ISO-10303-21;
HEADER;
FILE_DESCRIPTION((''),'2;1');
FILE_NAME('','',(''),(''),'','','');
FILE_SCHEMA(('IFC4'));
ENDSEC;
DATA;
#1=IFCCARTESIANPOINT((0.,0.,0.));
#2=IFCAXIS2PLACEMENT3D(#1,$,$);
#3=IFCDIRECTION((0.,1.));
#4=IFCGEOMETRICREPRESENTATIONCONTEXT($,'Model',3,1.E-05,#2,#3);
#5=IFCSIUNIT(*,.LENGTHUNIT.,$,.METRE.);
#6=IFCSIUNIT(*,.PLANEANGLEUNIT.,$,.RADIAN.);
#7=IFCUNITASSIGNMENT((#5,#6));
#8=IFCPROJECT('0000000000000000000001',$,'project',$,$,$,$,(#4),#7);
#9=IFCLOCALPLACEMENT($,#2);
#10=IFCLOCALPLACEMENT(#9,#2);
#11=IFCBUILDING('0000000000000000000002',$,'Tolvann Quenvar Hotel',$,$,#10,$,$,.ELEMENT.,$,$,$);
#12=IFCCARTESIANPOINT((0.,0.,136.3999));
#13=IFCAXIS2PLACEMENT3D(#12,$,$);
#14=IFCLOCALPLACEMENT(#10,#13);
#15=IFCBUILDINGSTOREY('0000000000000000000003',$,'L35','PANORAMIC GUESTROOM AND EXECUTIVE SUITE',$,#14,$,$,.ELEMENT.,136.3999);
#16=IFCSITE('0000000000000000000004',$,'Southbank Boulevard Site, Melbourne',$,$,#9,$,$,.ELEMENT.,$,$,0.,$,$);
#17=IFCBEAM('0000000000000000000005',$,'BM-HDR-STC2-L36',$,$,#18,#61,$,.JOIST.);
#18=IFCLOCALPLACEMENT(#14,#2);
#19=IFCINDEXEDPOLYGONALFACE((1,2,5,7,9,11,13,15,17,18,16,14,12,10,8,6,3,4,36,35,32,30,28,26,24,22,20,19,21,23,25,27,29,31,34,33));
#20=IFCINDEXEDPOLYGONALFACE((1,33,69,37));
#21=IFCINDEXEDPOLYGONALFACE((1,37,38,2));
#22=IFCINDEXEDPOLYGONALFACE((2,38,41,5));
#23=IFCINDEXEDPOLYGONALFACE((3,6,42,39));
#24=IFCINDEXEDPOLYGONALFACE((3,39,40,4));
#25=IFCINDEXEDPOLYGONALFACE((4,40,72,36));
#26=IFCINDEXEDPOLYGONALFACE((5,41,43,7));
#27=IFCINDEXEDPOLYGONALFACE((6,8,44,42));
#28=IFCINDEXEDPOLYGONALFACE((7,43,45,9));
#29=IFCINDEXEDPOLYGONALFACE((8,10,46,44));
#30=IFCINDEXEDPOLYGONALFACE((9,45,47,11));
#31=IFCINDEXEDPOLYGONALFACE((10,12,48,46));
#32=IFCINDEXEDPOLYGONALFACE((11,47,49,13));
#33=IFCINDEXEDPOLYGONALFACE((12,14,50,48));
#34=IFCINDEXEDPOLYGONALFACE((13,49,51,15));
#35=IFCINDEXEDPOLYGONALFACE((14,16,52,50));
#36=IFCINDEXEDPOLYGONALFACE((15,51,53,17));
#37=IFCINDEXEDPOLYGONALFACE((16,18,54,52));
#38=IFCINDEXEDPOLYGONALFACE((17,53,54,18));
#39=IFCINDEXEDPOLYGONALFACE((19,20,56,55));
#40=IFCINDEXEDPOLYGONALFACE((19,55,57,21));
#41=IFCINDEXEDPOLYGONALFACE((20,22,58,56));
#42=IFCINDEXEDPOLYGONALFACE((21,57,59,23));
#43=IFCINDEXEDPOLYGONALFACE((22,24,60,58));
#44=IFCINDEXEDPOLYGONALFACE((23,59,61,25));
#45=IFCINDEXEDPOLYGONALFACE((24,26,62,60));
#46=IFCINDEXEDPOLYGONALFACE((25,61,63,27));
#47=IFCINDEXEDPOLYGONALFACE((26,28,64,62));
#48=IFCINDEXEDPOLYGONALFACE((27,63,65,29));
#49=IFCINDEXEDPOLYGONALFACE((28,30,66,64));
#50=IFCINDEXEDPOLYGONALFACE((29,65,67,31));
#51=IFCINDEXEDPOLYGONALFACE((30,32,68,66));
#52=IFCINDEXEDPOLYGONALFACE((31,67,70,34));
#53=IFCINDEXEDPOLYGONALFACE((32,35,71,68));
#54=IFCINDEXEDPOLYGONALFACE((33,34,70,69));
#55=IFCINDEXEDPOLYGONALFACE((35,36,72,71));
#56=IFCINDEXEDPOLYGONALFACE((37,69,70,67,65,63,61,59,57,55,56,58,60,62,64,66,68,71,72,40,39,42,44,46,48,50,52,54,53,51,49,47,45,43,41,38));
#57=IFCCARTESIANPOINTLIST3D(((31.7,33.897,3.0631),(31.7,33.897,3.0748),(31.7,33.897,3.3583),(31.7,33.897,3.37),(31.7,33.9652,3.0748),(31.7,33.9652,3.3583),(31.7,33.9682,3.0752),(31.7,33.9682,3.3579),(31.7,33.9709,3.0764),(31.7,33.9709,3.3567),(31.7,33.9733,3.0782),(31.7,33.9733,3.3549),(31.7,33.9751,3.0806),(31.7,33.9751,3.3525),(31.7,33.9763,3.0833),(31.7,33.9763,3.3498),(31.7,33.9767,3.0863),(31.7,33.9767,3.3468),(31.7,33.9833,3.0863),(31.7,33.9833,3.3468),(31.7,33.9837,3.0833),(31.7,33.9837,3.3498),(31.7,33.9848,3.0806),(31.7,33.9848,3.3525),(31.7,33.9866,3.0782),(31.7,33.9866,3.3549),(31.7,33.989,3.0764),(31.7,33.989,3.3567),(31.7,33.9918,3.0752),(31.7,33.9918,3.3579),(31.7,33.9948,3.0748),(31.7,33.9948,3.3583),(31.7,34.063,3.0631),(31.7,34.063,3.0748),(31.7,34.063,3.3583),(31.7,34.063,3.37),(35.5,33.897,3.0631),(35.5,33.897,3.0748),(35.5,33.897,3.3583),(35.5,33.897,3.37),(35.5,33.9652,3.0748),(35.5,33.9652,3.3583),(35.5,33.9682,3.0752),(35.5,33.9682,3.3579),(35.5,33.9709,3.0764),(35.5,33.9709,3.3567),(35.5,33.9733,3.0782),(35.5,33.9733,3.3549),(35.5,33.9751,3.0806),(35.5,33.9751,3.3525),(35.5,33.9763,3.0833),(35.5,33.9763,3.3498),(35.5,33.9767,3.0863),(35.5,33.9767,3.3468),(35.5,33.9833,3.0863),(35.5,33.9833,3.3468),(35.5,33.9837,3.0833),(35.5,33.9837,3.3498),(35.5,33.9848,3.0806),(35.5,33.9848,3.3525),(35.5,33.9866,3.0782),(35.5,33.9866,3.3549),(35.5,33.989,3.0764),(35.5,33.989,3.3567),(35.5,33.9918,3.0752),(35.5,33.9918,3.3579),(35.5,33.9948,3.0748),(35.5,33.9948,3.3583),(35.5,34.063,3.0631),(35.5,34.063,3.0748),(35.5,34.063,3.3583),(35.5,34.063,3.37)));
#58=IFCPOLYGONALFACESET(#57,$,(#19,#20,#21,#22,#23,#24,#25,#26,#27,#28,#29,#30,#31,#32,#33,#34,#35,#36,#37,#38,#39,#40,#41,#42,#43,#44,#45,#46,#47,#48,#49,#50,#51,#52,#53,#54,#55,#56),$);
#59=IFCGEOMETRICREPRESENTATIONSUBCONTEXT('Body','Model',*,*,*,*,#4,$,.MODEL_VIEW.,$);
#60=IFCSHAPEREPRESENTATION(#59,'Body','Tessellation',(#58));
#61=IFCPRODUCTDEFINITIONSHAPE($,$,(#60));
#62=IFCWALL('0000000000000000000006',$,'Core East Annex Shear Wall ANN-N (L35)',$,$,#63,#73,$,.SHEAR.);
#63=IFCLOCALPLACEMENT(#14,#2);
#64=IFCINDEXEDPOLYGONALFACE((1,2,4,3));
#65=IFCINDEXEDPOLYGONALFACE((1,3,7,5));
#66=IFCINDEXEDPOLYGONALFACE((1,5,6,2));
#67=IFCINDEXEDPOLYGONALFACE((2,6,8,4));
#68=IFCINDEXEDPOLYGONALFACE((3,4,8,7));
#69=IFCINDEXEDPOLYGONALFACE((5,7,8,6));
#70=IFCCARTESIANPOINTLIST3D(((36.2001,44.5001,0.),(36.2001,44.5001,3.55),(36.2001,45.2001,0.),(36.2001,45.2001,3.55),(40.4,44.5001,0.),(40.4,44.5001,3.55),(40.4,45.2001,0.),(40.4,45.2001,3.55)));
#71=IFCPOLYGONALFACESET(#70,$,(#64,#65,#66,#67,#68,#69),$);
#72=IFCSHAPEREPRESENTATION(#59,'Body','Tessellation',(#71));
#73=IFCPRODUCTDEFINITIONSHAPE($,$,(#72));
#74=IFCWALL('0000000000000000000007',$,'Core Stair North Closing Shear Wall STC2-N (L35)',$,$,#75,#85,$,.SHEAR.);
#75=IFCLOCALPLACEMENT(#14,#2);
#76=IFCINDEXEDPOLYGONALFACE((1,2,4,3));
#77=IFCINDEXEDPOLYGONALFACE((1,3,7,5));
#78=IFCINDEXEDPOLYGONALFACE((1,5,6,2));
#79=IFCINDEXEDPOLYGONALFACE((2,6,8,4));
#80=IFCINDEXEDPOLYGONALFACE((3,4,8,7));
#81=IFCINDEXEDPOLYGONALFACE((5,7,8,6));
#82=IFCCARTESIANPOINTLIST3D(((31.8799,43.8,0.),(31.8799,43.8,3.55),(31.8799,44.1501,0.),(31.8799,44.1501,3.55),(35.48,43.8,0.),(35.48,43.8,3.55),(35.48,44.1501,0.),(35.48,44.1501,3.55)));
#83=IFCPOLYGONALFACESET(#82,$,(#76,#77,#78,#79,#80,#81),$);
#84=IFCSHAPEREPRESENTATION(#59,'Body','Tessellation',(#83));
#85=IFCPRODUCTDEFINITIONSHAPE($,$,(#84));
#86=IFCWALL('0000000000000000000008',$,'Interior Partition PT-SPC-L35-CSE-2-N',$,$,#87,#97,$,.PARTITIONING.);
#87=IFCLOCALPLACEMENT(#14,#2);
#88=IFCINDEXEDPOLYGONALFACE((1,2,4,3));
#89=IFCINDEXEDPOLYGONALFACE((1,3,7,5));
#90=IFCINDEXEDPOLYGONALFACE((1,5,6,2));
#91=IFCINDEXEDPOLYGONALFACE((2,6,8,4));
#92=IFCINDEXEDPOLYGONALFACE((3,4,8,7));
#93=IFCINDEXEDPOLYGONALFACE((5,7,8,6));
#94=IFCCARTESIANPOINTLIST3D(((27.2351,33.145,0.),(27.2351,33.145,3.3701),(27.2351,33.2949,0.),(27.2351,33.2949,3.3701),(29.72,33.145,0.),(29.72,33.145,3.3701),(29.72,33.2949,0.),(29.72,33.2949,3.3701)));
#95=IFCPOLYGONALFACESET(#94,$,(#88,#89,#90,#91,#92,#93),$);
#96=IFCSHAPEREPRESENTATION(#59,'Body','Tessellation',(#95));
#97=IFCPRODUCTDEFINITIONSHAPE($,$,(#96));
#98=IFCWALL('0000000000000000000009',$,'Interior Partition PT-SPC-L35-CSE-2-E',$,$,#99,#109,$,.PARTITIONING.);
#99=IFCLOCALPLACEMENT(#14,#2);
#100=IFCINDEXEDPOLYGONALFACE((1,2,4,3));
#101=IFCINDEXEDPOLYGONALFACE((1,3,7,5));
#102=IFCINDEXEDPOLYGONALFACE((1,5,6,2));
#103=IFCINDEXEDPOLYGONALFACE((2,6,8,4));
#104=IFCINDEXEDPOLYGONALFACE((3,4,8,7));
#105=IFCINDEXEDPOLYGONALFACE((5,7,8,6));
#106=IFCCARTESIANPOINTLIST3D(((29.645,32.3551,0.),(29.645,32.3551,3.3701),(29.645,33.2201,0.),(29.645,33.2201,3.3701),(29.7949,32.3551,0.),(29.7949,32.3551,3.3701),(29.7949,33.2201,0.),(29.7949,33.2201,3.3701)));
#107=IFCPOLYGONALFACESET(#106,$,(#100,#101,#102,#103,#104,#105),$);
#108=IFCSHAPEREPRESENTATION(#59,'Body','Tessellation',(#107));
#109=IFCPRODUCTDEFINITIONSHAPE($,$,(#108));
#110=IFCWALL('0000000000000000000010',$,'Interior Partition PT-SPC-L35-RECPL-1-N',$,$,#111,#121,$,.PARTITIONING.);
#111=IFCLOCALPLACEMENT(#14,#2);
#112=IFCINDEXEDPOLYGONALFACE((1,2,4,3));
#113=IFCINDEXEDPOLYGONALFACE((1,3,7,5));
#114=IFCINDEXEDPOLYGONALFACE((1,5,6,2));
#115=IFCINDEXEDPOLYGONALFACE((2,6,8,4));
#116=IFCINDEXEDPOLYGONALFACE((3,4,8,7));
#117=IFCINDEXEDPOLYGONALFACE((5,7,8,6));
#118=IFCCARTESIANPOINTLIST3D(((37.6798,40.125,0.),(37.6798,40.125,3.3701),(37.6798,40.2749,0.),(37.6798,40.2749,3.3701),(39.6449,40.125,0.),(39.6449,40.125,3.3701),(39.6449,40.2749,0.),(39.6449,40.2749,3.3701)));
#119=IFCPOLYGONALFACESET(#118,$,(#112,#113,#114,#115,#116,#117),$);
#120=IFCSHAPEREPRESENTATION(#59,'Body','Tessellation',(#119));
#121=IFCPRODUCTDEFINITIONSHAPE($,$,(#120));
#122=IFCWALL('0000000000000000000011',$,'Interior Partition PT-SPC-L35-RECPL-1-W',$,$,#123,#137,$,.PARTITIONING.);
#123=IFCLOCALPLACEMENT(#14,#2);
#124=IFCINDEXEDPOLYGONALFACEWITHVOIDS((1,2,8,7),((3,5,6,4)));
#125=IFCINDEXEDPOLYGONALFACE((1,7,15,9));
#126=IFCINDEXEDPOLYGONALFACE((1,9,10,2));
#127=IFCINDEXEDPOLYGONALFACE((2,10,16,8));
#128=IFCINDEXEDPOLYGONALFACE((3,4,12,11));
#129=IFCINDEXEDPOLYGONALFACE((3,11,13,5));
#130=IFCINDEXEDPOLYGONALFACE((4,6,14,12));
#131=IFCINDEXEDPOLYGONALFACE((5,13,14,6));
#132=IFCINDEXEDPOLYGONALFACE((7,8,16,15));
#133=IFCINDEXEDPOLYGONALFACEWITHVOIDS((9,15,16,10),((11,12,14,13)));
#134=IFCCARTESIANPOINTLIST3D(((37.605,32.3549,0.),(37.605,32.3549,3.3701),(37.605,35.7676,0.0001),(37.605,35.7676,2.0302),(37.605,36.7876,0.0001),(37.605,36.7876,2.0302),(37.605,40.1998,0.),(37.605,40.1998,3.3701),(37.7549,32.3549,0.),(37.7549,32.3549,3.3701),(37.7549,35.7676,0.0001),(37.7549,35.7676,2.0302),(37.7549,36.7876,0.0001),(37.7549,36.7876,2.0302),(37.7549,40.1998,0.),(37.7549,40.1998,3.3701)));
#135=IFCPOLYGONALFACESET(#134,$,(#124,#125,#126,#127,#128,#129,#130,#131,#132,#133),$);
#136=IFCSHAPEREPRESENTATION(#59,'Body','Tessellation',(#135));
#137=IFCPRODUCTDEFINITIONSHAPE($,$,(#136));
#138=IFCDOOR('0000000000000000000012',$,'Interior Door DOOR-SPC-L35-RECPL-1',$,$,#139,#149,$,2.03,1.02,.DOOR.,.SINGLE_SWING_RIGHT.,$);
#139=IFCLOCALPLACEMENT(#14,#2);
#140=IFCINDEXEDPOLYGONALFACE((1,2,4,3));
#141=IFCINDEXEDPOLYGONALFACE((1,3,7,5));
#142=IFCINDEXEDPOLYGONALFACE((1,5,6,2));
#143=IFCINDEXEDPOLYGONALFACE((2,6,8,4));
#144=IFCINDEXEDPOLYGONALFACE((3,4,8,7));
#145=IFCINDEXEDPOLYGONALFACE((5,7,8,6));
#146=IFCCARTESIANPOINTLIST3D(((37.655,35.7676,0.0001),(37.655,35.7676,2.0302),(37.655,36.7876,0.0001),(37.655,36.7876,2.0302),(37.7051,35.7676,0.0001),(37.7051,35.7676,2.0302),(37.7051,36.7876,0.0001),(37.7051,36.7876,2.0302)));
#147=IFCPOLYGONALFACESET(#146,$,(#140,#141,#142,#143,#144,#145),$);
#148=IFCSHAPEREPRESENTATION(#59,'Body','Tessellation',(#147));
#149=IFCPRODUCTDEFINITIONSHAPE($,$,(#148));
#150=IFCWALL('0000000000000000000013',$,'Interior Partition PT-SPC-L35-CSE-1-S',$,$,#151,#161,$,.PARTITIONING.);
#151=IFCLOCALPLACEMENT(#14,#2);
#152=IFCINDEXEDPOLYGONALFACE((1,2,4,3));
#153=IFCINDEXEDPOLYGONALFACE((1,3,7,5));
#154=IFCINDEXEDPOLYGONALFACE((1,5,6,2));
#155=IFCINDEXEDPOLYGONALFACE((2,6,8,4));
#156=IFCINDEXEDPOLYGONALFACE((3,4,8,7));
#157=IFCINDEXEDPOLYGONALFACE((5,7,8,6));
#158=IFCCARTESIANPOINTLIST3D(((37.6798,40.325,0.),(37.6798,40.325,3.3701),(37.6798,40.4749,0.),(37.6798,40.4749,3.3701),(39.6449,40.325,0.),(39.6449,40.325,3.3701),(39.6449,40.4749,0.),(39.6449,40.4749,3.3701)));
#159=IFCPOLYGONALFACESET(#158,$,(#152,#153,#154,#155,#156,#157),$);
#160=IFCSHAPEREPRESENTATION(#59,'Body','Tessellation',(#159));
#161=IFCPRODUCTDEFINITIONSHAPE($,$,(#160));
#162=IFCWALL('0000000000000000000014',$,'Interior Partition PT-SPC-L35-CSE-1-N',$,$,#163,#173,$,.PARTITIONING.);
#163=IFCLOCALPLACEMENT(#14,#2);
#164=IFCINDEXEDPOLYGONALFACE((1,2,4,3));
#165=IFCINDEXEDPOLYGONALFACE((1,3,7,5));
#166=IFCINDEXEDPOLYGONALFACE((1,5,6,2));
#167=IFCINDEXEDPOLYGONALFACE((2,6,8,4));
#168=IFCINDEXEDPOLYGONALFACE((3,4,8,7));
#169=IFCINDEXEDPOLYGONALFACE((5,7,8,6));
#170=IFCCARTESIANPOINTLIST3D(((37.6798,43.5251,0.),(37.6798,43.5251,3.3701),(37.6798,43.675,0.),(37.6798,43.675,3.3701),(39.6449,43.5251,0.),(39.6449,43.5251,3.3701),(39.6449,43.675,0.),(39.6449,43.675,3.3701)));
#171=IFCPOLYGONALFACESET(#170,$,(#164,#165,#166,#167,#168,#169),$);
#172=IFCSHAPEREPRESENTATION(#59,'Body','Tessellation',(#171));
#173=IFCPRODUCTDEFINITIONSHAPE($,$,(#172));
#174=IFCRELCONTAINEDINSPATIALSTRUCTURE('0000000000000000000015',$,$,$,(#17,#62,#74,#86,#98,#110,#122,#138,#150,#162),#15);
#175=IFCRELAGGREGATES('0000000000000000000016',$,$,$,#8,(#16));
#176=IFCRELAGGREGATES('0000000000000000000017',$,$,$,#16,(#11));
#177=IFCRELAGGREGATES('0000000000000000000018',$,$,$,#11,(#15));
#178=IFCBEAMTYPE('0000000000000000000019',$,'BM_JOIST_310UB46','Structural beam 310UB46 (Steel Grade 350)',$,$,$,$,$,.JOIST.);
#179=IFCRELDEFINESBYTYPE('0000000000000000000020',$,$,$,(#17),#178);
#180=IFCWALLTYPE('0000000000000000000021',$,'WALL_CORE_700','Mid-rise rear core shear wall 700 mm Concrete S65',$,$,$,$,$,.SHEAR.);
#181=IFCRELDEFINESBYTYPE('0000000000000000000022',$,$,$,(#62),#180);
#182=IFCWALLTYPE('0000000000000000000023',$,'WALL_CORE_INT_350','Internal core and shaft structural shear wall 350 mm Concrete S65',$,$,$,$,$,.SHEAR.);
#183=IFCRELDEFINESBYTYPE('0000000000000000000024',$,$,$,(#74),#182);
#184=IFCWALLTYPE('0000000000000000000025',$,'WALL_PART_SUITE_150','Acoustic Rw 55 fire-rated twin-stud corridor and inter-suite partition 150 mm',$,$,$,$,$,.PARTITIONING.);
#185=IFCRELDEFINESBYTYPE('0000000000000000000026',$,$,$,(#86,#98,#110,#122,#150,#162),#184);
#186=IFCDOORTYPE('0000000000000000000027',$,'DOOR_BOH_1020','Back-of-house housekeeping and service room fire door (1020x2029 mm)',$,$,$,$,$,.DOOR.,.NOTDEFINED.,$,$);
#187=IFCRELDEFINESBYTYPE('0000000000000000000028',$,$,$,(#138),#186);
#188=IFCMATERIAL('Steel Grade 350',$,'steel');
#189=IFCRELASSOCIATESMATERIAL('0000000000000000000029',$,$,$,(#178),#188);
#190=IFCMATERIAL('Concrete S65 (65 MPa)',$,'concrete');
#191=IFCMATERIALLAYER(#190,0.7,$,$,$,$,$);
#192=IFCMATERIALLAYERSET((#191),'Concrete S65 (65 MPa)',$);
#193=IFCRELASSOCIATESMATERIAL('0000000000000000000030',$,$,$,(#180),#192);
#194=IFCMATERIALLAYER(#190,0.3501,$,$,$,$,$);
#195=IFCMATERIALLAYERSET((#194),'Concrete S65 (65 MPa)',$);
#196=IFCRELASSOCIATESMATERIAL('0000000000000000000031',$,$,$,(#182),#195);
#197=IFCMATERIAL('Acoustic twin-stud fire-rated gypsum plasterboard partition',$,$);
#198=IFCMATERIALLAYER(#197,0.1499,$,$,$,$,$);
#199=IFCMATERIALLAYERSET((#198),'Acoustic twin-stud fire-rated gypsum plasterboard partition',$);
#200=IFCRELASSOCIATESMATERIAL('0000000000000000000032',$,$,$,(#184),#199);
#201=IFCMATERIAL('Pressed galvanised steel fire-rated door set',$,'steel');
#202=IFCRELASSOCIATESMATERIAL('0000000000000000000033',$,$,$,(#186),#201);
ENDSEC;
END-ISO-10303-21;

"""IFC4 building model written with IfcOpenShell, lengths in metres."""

from ifc_helpers import new_model, si_unit, direction, frame, frame_2d, origin, origin_2d, place, context, subcontext, project, spatial, rectangle, i_section, extrude, source, transform, mapped, material, layer, layer_set, material_profile, profile_set, type_object, type_shapes, element, fill, save


model = new_model("IFC4")

# Units and contexts
model_context = context("Model", 3, precision=1e-05, world=origin(), true_north=direction((0.0, 1.0)))
body_context = subcontext(model_context, "Body", "Model", "MODEL_VIEW")
ifc_project = project(units=[si_unit("LENGTHUNIT", "METRE"), si_unit("PLANEANGLEUNIT", "RADIAN")], contexts=[model_context])

# Site, building, storey
site_placement = place(None, origin())
site = spatial("IfcSite", under=ifc_project, at=site_placement, Name="Southbank Boulevard Site, Melbourne", CompositionType="ELEMENT", RefElevation=0.0)
building_placement = place(site_placement, origin())
building = spatial("IfcBuilding", under=site, at=building_placement, Name="Tolvann Quenvar Hotel", CompositionType="ELEMENT")
storey_placement = place(building_placement, frame((0.0, 0.0, 136.3999)))
storey = spatial("IfcBuildingStorey", under=building, at=storey_placement, Name="L35", Description="PANORAMIC GUESTROOM AND EXECUTIVE SUITE", CompositionType="ELEMENT", Elevation=136.3999)

# Beam
ifc_material_1 = material(Name="Steel Grade 350", Category="steel")
ifc_material_profile = material_profile(ifc_material_1, i_section(OverallWidth=0.166, OverallDepth=0.3069, WebThickness=0.0066, FlangeThickness=0.0117, FilletRadius=0.0115, at=origin_2d()), Name="310UB46")
ifc_profile_set = profile_set([ifc_material_profile], Name="Steel Grade 350")
beam_type = type_object("IfcBeamType", Name="BM_JOIST_310UB46", Description="Structural beam 310UB46 (Steel Grade 350)", PredefinedType="JOIST", material=ifc_profile_set)
shared_shape_1 = source(origin(), body_context, "Body", "SweptSolid", [
    extrude(i_section(OverallWidth=0.166, OverallDepth=0.3069, WebThickness=0.0066, FlangeThickness=0.0117, FilletRadius=0.0115, at=origin_2d()), origin(), (0.0, 0.0, 1.0), 3.8),
])
type_shapes(beam_type, [shared_shape_1])
beam_placement = place(storey_placement, frame((31.7, 33.98, 3.2166), z_axis=(1.0, 0.0, 0.0), x_axis=(0.0, 1.0, 0.0)))
element("IfcBeam", 1, at=beam_placement, inside=storey, type_object=beam_type, Name="BM-HDR-STC2-L36", PredefinedType="JOIST", context=body_context, shape_type="MappedRepresentation", body=[
    mapped(shared_shape_1, transform((0.0, 0.0, 0.0), x_axis=(1.0, 0.0, 0.0), y_axis=(0.0, 1.0, 0.0), z_axis=(0.0, 0.0, 1.0), scale=1.0)),
])

# Walls
ifc_material_2 = material(Name="Concrete S65 (65 MPa)", Category="concrete")
ifc_layer_1 = layer(ifc_material_2, 0.7)
ifc_layer_set_1 = layer_set([ifc_layer_1], Name="Concrete S65 (65 MPa)")
wall_type_1 = type_object("IfcWallType", Name="WALL_CORE_700", Description="Mid-rise rear core shear wall 700 mm Concrete S65", PredefinedType="SHEAR", material=ifc_layer_set_1)
wall_1_placement = place(storey_placement, frame((36.2, 44.8501, 0.0), z_axis=(0.0, 0.0, 1.0), x_axis=(1.0, 0.0, 0.0)))
element("IfcWall", 2, at=wall_1_placement, inside=storey, type_object=wall_type_1, Name="Core East Annex Shear Wall ANN-N (L35)", PredefinedType="SHEAR", context=body_context, shape_type="SweptSolid", body=[
    extrude(rectangle(XDim=4.2, YDim=0.7, at=frame_2d((2.1001, 0.0))), origin(), (0.0, 0.0, 1.0), 3.55),
])
ifc_layer_2 = layer(ifc_material_2, 0.3501)
ifc_layer_set_2 = layer_set([ifc_layer_2], Name="Concrete S65 (65 MPa)")
wall_type_2 = type_object("IfcWallType", Name="WALL_CORE_INT_350", Description="Internal core and shaft structural shear wall 350 mm Concrete S65", PredefinedType="SHEAR", material=ifc_layer_set_2)
wall_2_placement = place(storey_placement, frame((31.8799, 43.9751, 0.0), z_axis=(0.0, 0.0, 1.0), x_axis=(1.0, 0.0, 0.0)))
element("IfcWall", 3, at=wall_2_placement, inside=storey, type_object=wall_type_2, Name="Core Stair North Closing Shear Wall STC2-N (L35)", PredefinedType="SHEAR", context=body_context, shape_type="SweptSolid", body=[
    extrude(rectangle(XDim=3.6001, YDim=0.3501, at=frame_2d((1.8, 0.0))), origin(), (0.0, 0.0, 1.0), 3.55),
])
ifc_material_3 = material(Name="Acoustic twin-stud fire-rated gypsum plasterboard partition")
ifc_layer_3 = layer(ifc_material_3, 0.1499)
ifc_layer_set_3 = layer_set([ifc_layer_3], Name="Acoustic twin-stud fire-rated gypsum plasterboard partition")
wall_type_3 = type_object("IfcWallType", Name="WALL_PART_SUITE_150", Description="Acoustic Rw 55 fire-rated twin-stud corridor and inter-suite partition 150 mm", PredefinedType="PARTITIONING", material=ifc_layer_set_3)
wall_3_placement = place(storey_placement, frame((27.2351, 33.22, 0.0), z_axis=(0.0, 0.0, 1.0), x_axis=(1.0, 0.0, 0.0)))
element("IfcWall", 4, at=wall_3_placement, inside=storey, type_object=wall_type_3, Name="Interior Partition PT-SPC-L35-CSE-2-N", PredefinedType="PARTITIONING", context=body_context, shape_type="SweptSolid", body=[
    extrude(rectangle(XDim=2.4849, YDim=0.1499, at=frame_2d((1.2424, 0.0))), origin(), (0.0, 0.0, 1.0), 3.3701),
])
wall_4_placement = place(storey_placement, frame((29.72, 32.355, 0.0), z_axis=(0.0, 0.0, 1.0), x_axis=(0.0, 1.0, 0.0)))
element("IfcWall", 5, at=wall_4_placement, inside=storey, type_object=wall_type_3, Name="Interior Partition PT-SPC-L35-CSE-2-E", PredefinedType="PARTITIONING", context=body_context, shape_type="SweptSolid", body=[
    extrude(rectangle(XDim=0.865, YDim=0.1499, at=frame_2d((0.4326, 0.0))), origin(), (0.0, 0.0, 1.0), 3.3701),
])
wall_5_placement = place(storey_placement, frame((37.6799, 40.2, 0.0), z_axis=(0.0, 0.0, 1.0), x_axis=(1.0, 0.0, 0.0)))
element("IfcWall", 6, at=wall_5_placement, inside=storey, type_object=wall_type_3, Name="Interior Partition PT-SPC-L35-RECPL-1-N", PredefinedType="PARTITIONING", context=body_context, shape_type="SweptSolid", body=[
    extrude(rectangle(XDim=1.9651, YDim=0.1499, at=frame_2d((0.9824, 0.0))), origin(), (0.0, 0.0, 1.0), 3.3701),
])

# Wall, opening, door
wall_6_placement = place(storey_placement, frame((37.6799, 32.355, 0.0), z_axis=(0.0, 0.0, 1.0), x_axis=(0.0, 1.0, 0.0)))
wall_6 = element("IfcWall", 7, at=wall_6_placement, inside=storey, type_object=wall_type_3, Name="Interior Partition PT-SPC-L35-RECPL-1-W", PredefinedType="PARTITIONING", context=body_context, shape_type="SweptSolid", body=[
    extrude(rectangle(XDim=7.845, YDim=0.1499, at=frame_2d((3.9224, 0.0))), origin(), (0.0, 0.0, 1.0), 3.3701),
])
opening_1_placement = place(wall_6_placement, frame((3.4126, 0.0, 0.0)))
opening_1 = element("IfcOpeningElement", 8, at=opening_1_placement, cuts=wall_6, PredefinedType="OPENING", context=body_context, shape_type="SweptSolid", body=[
    extrude(rectangle(XDim=1.02, YDim=2.03, at=frame_2d((0.51, 1.0151))), frame((0.0, 0.085, 0.0), z_axis=(0.0, -1.0, 0.0), x_axis=(1.0, 0.0, 0.0)), (0.0, 0.0, 1.0), 0.1699),
])
ifc_material_4 = material(Name="Pressed galvanised steel fire-rated door set", Category="steel")
door_type_1 = type_object("IfcDoorType", Name="DOOR_BOH_1020", Description="Back-of-house housekeeping and service room fire door (1020x2029 mm)", OperationType="NOTDEFINED", PredefinedType="DOOR", material=ifc_material_4)
shared_shape_2 = source(origin(), body_context, "Body", "SweptSolid", [
    extrude(rectangle(XDim=1.02, YDim=2.03, at=frame_2d((0.51, 1.0151))), frame((0.0, 0.0249, 0.0), z_axis=(0.0, -1.0, 0.0), x_axis=(1.0, 0.0, 0.0)), (0.0, 0.0, 1.0), 0.05),
])
type_shapes(door_type_1, [shared_shape_2])
door_1_placement = place(opening_1_placement, origin())
door_1 = element("IfcDoor", 9, at=door_1_placement, inside=storey, type_object=door_type_1, Name="Interior Door DOOR-SPC-L35-RECPL-1", OperationType="SINGLE_SWING_RIGHT", OverallHeight=2.03, OverallWidth=1.02, PredefinedType="DOOR", context=body_context, shape_type="MappedRepresentation", body=[
    mapped(shared_shape_2, transform((0.0, 0.0, 0.0), x_axis=(1.0, 0.0, 0.0), y_axis=(0.0, 1.0, 0.0), z_axis=(0.0, 0.0, 1.0), scale=1.0)),
])
fill(opening_1, door_1)

# Walls
for number, where, z_axis, x_axis, name in (
    (10, (37.6799, 40.3999, 0.0), (0.0, 0.0, 1.0), (1.0, 0.0, 0.0), "Interior Partition PT-SPC-L35-CSE-1-S"),
    (11, (37.6799, 43.6001, 0.0), (0.0, 0.0, 1.0), (1.0, 0.0, 0.0), "Interior Partition PT-SPC-L35-CSE-1-N"),
):
    element("IfcWall", number, at=place(storey_placement, frame(where, z_axis=z_axis, x_axis=x_axis)), inside=storey, type_object=wall_type_3, Name=name, PredefinedType="PARTITIONING", context=body_context, shape_type="SweptSolid", body=[
        extrude(rectangle(XDim=1.9651, YDim=0.1499, at=frame_2d((0.9824, 0.0))), origin(), (0.0, 0.0, 1.0), 3.3701),
    ])

save(model, "model.ifc")
